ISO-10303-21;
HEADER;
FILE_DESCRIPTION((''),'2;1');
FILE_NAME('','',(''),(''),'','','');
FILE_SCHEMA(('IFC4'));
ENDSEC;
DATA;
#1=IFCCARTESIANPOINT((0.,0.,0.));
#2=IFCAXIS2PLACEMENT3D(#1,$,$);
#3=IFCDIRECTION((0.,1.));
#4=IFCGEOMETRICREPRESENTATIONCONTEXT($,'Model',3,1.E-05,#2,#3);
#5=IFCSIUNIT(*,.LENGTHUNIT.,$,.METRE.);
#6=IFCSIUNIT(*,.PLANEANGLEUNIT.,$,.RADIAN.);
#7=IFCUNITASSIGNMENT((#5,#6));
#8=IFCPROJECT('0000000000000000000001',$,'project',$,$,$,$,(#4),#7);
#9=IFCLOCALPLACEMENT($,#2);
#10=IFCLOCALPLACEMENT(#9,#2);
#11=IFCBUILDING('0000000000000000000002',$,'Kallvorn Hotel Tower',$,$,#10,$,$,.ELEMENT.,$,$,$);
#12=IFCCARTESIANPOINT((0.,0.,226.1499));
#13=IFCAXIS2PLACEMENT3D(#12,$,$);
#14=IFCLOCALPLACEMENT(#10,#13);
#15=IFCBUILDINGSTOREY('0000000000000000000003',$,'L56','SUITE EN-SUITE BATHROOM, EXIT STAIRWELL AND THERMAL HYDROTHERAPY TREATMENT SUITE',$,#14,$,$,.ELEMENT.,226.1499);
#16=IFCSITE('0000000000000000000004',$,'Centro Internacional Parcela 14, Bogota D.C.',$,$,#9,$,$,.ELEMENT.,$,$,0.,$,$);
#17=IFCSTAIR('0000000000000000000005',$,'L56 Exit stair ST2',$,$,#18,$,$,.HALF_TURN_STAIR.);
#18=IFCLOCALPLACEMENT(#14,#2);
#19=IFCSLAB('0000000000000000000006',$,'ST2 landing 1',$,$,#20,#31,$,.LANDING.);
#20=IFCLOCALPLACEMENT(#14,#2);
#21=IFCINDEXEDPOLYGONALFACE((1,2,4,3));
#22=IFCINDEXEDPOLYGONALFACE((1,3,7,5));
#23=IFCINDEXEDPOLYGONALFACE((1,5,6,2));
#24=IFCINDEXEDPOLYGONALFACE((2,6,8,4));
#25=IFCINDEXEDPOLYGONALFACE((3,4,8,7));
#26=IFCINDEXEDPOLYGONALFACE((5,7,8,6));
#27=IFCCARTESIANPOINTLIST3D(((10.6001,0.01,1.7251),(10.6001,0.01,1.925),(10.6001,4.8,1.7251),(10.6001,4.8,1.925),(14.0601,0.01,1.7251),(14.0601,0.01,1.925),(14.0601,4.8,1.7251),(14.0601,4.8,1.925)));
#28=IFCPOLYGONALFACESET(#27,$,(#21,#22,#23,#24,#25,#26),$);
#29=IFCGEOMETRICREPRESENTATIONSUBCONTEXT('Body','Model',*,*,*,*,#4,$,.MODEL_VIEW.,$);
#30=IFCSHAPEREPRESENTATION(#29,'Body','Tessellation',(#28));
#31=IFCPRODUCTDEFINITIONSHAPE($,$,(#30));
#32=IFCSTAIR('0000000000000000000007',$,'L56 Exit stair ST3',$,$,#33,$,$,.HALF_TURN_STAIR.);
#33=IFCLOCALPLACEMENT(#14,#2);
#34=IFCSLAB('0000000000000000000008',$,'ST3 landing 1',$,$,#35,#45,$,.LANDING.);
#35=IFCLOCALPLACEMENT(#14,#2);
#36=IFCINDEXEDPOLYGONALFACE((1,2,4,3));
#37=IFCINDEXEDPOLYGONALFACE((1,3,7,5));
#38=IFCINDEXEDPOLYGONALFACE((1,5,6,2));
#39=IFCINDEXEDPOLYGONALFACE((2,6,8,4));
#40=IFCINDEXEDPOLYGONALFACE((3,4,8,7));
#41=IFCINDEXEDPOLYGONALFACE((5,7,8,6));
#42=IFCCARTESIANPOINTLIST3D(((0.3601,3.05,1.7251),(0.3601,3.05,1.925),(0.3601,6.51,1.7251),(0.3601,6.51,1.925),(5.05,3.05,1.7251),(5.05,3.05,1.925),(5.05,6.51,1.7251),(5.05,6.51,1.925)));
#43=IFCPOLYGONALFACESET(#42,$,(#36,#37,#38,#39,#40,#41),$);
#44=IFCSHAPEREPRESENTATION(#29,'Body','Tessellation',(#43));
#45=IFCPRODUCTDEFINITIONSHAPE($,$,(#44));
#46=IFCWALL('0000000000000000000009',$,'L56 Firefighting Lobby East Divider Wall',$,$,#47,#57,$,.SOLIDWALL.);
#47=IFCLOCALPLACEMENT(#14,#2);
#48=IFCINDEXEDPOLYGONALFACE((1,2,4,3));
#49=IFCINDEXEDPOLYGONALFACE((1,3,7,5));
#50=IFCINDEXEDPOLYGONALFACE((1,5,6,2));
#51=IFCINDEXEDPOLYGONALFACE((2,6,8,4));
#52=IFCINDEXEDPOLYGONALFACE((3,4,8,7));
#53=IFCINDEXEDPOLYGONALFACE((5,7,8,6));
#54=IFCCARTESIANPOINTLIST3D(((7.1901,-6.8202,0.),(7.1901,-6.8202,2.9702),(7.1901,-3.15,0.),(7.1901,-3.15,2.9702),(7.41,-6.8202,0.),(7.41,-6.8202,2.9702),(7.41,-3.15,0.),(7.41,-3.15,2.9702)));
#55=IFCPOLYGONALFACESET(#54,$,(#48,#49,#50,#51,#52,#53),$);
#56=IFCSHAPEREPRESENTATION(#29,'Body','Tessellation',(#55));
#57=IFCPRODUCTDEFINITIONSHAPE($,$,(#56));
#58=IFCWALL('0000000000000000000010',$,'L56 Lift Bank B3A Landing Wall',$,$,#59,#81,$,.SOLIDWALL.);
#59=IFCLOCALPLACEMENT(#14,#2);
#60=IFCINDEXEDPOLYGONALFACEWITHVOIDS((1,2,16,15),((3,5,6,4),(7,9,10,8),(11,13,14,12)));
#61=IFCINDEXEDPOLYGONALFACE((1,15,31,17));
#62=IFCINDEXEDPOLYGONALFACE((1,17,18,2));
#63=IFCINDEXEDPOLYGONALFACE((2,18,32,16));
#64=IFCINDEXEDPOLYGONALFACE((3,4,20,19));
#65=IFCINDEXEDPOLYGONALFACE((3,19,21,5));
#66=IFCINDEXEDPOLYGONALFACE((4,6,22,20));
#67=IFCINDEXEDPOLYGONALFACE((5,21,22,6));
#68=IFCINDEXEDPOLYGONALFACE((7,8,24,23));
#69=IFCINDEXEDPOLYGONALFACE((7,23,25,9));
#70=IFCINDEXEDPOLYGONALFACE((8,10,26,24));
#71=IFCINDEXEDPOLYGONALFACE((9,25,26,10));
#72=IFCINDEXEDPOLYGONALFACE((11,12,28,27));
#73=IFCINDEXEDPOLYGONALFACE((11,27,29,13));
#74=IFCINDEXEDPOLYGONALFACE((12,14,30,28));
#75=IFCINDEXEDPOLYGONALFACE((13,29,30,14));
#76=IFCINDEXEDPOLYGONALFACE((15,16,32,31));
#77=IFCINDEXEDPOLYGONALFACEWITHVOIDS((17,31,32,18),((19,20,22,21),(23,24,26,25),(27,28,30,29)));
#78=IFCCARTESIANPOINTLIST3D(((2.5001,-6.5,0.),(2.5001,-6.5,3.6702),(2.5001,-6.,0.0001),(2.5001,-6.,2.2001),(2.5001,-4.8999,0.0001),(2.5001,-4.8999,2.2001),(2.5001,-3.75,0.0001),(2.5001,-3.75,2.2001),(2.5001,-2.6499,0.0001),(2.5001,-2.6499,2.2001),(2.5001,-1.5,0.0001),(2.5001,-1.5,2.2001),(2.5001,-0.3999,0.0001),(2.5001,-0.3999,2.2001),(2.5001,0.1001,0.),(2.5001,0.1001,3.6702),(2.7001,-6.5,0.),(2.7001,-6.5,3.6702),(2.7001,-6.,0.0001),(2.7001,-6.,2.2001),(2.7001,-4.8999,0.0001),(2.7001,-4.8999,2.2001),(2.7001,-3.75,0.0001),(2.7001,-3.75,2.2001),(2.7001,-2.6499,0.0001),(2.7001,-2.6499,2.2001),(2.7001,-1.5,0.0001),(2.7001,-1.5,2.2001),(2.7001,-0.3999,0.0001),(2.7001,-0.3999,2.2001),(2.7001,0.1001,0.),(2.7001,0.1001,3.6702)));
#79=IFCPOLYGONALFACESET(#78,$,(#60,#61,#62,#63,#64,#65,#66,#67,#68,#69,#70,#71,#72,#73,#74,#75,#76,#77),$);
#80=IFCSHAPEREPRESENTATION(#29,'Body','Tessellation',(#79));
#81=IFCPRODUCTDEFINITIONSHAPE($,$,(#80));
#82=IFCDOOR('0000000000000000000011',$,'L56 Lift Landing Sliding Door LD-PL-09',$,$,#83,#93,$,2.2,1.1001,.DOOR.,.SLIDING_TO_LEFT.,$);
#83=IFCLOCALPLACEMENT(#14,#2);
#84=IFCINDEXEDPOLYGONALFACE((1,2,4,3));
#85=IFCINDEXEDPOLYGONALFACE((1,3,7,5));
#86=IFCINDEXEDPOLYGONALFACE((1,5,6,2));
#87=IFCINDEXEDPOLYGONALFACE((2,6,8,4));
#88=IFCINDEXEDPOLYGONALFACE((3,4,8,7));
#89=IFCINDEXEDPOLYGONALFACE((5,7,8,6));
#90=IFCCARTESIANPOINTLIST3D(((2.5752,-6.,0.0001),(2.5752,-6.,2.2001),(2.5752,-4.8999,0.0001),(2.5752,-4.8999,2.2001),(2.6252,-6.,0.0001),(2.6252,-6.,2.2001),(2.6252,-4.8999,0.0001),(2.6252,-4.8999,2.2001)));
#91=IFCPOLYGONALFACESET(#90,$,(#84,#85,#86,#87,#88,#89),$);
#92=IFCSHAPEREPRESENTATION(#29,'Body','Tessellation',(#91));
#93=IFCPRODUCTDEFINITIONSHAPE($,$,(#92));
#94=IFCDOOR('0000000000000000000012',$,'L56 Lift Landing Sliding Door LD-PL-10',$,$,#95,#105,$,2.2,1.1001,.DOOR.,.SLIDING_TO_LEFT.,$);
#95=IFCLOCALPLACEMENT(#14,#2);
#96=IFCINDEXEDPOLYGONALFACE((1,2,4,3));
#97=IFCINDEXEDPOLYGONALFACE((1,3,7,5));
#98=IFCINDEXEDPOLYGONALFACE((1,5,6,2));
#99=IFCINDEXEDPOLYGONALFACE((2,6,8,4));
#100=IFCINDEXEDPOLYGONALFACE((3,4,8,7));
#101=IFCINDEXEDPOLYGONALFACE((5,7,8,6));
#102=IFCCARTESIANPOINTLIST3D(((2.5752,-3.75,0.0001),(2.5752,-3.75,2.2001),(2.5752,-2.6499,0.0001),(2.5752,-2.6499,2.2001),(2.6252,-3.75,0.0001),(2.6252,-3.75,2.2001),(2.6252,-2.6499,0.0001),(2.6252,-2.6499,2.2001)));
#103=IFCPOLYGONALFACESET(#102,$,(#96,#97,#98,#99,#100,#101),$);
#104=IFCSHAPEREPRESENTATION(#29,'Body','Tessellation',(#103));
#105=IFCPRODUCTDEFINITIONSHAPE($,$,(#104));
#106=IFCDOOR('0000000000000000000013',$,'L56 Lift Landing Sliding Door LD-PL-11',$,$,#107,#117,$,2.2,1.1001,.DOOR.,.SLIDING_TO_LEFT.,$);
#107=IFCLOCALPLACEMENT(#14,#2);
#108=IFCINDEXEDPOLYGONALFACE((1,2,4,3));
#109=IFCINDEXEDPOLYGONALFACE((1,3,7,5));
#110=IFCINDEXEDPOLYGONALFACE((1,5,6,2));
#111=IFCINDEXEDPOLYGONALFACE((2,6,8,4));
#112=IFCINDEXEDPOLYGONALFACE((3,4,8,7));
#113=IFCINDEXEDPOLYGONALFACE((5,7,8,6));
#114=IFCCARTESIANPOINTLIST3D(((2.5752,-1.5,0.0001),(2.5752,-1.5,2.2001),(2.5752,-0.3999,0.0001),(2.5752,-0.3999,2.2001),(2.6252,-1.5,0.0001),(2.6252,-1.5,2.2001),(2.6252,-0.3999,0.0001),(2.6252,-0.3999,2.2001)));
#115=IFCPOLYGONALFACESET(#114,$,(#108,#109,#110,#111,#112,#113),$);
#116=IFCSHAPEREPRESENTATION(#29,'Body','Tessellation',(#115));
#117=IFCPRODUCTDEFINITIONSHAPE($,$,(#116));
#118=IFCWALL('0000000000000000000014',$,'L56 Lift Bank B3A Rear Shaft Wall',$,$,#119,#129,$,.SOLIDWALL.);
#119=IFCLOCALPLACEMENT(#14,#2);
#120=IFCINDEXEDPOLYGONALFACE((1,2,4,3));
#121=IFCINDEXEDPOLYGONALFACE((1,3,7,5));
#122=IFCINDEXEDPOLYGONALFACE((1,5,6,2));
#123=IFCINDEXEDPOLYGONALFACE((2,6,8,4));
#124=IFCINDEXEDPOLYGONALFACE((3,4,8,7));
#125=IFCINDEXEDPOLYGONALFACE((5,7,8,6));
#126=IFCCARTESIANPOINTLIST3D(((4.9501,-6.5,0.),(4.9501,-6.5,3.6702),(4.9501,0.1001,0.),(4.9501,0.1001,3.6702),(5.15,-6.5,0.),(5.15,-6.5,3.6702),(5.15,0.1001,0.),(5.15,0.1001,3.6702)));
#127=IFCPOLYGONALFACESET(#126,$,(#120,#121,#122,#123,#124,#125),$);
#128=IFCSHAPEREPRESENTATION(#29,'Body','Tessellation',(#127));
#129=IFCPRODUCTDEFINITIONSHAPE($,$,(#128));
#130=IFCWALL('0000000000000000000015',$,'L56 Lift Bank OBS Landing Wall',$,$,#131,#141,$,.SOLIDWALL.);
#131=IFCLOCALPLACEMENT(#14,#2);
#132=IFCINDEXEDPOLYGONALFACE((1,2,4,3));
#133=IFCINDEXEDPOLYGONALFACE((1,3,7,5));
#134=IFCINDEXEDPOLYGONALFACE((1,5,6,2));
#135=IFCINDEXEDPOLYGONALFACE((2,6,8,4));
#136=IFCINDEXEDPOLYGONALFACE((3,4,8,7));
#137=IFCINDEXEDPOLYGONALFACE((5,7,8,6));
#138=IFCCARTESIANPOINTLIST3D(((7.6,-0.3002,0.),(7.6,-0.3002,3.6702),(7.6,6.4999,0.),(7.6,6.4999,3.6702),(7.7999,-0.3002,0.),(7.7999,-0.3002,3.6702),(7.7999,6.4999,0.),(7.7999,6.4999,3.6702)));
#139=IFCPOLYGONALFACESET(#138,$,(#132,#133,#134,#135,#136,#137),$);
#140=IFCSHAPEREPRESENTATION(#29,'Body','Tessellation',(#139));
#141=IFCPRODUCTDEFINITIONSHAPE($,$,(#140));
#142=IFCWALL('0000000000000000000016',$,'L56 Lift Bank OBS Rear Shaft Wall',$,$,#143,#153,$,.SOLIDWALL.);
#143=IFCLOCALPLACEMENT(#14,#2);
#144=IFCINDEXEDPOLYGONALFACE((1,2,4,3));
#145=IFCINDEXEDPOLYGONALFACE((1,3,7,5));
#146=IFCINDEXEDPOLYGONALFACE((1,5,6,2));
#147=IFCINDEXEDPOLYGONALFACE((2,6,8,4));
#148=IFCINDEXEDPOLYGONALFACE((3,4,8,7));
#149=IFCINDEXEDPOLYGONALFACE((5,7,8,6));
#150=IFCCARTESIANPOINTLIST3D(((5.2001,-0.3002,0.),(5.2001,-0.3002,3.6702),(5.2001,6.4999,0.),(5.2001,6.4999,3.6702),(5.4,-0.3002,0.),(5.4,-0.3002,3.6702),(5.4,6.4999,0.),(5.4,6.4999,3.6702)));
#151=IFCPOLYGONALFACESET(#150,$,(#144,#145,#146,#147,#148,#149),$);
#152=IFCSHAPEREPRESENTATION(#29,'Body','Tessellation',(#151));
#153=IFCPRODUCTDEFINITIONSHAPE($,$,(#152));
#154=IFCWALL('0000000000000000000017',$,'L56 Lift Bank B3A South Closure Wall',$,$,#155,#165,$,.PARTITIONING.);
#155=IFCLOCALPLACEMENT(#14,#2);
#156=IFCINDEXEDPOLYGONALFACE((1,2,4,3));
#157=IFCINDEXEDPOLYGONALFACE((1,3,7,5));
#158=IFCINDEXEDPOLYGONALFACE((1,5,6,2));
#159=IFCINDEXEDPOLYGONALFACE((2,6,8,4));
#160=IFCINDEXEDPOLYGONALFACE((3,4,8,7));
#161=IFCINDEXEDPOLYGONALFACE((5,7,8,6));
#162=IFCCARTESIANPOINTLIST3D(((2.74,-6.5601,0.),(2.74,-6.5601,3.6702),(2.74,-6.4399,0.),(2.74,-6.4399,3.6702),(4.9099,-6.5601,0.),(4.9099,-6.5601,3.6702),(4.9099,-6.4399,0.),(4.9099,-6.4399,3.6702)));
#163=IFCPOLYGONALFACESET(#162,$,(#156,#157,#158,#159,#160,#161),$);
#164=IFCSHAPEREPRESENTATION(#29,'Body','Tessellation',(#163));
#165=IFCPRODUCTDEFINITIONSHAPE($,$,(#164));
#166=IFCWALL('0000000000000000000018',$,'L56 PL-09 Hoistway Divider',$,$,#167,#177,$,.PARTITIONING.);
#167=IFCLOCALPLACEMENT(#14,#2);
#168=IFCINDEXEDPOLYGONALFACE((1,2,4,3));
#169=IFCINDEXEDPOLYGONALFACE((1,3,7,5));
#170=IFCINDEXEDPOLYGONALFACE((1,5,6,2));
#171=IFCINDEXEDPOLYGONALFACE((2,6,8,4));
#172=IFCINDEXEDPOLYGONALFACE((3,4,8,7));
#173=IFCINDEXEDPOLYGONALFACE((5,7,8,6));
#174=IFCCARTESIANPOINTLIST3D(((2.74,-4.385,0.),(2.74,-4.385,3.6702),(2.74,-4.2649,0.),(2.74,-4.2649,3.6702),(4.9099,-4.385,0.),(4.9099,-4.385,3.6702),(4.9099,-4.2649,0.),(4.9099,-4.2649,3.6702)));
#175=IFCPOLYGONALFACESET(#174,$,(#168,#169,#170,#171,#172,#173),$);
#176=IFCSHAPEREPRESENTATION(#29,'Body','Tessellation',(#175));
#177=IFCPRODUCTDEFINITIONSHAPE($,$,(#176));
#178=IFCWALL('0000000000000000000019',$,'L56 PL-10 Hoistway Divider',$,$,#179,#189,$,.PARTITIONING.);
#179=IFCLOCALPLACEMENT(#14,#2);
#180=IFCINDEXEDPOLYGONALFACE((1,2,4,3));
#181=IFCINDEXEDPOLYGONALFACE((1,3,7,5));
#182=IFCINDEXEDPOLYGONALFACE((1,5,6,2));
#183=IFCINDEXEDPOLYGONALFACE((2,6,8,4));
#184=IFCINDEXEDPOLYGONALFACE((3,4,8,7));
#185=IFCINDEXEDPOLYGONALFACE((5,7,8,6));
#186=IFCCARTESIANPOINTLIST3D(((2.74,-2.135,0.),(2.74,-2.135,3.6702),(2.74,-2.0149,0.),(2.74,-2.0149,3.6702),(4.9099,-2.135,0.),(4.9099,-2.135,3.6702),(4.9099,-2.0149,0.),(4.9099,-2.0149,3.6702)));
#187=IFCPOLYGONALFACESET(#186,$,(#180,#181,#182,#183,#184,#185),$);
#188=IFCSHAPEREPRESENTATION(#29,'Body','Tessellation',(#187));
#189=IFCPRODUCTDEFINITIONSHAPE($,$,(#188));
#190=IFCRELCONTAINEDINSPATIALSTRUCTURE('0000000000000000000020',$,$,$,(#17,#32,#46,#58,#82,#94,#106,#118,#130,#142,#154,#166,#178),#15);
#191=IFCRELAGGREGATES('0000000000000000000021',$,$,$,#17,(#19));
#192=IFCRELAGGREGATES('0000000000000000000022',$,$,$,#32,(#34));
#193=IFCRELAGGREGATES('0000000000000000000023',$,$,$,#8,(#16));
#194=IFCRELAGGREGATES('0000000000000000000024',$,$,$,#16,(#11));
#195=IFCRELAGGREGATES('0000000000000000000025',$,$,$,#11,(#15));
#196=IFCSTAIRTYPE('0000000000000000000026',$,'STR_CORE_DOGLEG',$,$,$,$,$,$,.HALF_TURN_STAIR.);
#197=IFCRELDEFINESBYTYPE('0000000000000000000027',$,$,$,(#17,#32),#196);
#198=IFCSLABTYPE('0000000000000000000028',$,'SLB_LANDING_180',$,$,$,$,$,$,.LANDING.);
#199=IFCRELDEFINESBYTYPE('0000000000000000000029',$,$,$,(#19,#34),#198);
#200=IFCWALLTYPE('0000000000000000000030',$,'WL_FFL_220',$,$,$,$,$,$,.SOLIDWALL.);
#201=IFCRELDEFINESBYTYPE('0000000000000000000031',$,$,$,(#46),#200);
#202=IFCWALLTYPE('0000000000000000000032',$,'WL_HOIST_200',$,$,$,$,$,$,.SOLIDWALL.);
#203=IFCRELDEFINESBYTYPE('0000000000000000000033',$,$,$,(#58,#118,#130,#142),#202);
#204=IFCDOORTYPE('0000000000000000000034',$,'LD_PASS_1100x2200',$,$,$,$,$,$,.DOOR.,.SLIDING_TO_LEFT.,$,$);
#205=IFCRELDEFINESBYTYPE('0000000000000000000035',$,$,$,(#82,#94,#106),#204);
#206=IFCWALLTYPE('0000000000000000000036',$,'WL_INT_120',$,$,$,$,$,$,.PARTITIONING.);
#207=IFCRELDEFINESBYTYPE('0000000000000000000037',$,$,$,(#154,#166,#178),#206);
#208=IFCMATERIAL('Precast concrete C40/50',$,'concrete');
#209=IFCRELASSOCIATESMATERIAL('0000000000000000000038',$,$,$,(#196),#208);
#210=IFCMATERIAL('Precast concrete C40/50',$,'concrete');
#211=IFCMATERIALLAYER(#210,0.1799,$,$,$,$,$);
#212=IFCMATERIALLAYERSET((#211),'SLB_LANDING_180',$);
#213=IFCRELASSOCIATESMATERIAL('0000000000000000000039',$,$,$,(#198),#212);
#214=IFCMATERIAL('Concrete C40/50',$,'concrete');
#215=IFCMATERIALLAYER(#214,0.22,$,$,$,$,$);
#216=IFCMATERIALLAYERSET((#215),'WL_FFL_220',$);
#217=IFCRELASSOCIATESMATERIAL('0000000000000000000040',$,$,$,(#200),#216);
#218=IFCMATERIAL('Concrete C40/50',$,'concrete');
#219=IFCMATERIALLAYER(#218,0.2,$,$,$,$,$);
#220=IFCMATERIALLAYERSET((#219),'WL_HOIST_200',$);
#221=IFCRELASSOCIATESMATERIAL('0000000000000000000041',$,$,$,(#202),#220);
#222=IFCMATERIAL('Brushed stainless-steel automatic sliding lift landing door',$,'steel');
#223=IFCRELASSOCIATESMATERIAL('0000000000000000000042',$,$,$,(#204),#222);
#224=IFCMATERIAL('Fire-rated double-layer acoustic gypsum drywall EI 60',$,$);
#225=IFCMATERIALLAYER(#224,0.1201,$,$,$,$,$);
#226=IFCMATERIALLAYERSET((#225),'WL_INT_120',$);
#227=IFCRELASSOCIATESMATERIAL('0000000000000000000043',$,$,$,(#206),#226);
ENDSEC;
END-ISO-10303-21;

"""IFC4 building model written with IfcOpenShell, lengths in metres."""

from ifc_helpers import new_model, si_unit, direction, frame, frame_2d, origin, place, context, subcontext, project, spatial, polyline, rectangle, outline, extrude, material, layer, layer_set, type_object, element, fill, aggregate, save


model = new_model("IFC4")

# Units and contexts
model_context = context("Model", 3, precision=1e-05, world=origin(), true_north=direction((0.0, 1.0)))
body_context = subcontext(model_context, "Body", "Model", "MODEL_VIEW")
ifc_project = project(units=[si_unit("LENGTHUNIT", "METRE"), si_unit("PLANEANGLEUNIT", "RADIAN")], contexts=[model_context])

# Site, building, storey
site_placement = place(None, origin())
site = spatial("IfcSite", under=ifc_project, at=site_placement, Name="Centro Internacional Parcela 14, Bogota D.C.", CompositionType="ELEMENT", RefElevation=0.0)
building_placement = place(site_placement, origin())
building = spatial("IfcBuilding", under=site, at=building_placement, Name="Kallvorn Hotel Tower", CompositionType="ELEMENT")
storey_placement = place(building_placement, frame((0.0, 0.0, 226.1499)))
storey = spatial("IfcBuildingStorey", under=building, at=storey_placement, Name="L56", Description="SUITE EN-SUITE BATHROOM, EXIT STAIRWELL AND THERMAL HYDROTHERAPY TREATMENT SUITE", CompositionType="ELEMENT", Elevation=226.1499)

# Stairs, slabs
ifc_material_1 = material(Name="Precast concrete C40/50", Category="concrete")
stair_type = type_object("IfcStairType", Name="STR_CORE_DOGLEG", PredefinedType="HALF_TURN_STAIR", material=ifc_material_1)
stair_1_placement = place(storey_placement, origin())
stair_1 = element("IfcStair", 1, at=stair_1_placement, inside=storey, type_object=stair_type, Name="L56 Exit stair ST2", PredefinedType="HALF_TURN_STAIR")
ifc_material_2 = material(Name="Precast concrete C40/50", Category="concrete")
ifc_layer_1 = layer(ifc_material_2, 0.1799)
ifc_layer_set_1 = layer_set([ifc_layer_1], Name="SLB_LANDING_180")
slab_type = type_object("IfcSlabType", Name="SLB_LANDING_180", PredefinedType="LANDING", material=ifc_layer_set_1)
slab_1_placement = place(storey_placement, frame((0.0, 0.0, 1.7251)))
slab_1 = element("IfcSlab", 2, at=slab_1_placement, type_object=slab_type, Name="ST2 landing 1", PredefinedType="LANDING", context=body_context, shape_type="SweptSolid", body=[
    extrude(outline(polyline([(14.0601, 0.01), (14.0601, 4.8), (10.6001, 4.8), (10.6001, 0.01), (14.0601, 0.01)])), origin(), (0.0, 0.0, 1.0), 0.2),
])
aggregate(stair_1, [slab_1])
stair_2_placement = place(storey_placement, origin())
stair_2 = element("IfcStair", 3, at=stair_2_placement, inside=storey, type_object=stair_type, Name="L56 Exit stair ST3", PredefinedType="HALF_TURN_STAIR")
slab_2_placement = place(storey_placement, frame((0.0, 0.0, 1.7251)))
slab_2 = element("IfcSlab", 4, at=slab_2_placement, type_object=slab_type, Name="ST3 landing 1", PredefinedType="LANDING", context=body_context, shape_type="SweptSolid", body=[
    extrude(outline(polyline([(0.3601, 3.05), (5.05, 3.05), (5.05, 6.51), (0.3601, 6.51), (0.3601, 3.05)])), origin(), (0.0, 0.0, 1.0), 0.2),
])
aggregate(stair_2, [slab_2])

# Wall
ifc_material_3 = material(Name="Concrete C40/50", Category="concrete")
ifc_layer_2 = layer(ifc_material_3, 0.22)
ifc_layer_set_2 = layer_set([ifc_layer_2], Name="WL_FFL_220")
wall_type_1 = type_object("IfcWallType", Name="WL_FFL_220", PredefinedType="SOLIDWALL", material=ifc_layer_set_2)
wall_1_placement = place(storey_placement, frame((7.3, -6.8201, 0.0), z_axis=(0.0, 0.0, 1.0), x_axis=(0.0, 1.0, 0.0)))
element("IfcWall", 5, at=wall_1_placement, inside=storey, type_object=wall_type_1, Name="L56 Firefighting Lobby East Divider Wall", PredefinedType="SOLIDWALL", context=body_context, shape_type="SweptSolid", body=[
    extrude(rectangle(XDim=3.6702, YDim=0.22, at=frame_2d((1.835, 0.0))), origin(), (0.0, 0.0, 1.0), 2.9702),
])

# Wall, openings, doors
ifc_material_4 = material(Name="Concrete C40/50", Category="concrete")
ifc_layer_3 = layer(ifc_material_4, 0.2)
ifc_layer_set_3 = layer_set([ifc_layer_3], Name="WL_HOIST_200")
wall_type_2 = type_object("IfcWallType", Name="WL_HOIST_200", PredefinedType="SOLIDWALL", material=ifc_layer_set_3)
wall_2_placement = place(storey_placement, frame((2.6001, -6.5, 0.0), z_axis=(0.0, 0.0, 1.0), x_axis=(0.0, 1.0, 0.0)))
wall_2 = element("IfcWall", 6, at=wall_2_placement, inside=storey, type_object=wall_type_2, Name="L56 Lift Bank B3A Landing Wall", PredefinedType="SOLIDWALL", context=body_context, shape_type="SweptSolid", body=[
    extrude(rectangle(XDim=6.6001, YDim=0.2, at=frame_2d((3.3, 0.0))), origin(), (0.0, 0.0, 1.0), 3.6702),
])
opening_1_placement = place(wall_2_placement, frame((0.5, 0.0, 0.0)))
opening_1 = element("IfcOpeningElement", 7, at=opening_1_placement, cuts=wall_2, PredefinedType="OPENING", context=body_context, shape_type="SweptSolid", body=[
    extrude(rectangle(XDim=1.1001, YDim=2.2, at=frame_2d((0.55, 1.1001))), frame((0.0, 0.115, 0.0), z_axis=(0.0, -1.0, 0.0), x_axis=(1.0, 0.0, 0.0)), (0.0, 0.0, 1.0), 0.23),
])
opening_2_placement = place(wall_2_placement, frame((2.75, 0.0, 0.0)))
opening_2 = element("IfcOpeningElement", 8, at=opening_2_placement, cuts=wall_2, PredefinedType="OPENING", context=body_context, shape_type="SweptSolid", body=[
    extrude(rectangle(XDim=1.1001, YDim=2.2, at=frame_2d((0.55, 1.1001))), frame((0.0, 0.115, 0.0), z_axis=(0.0, -1.0, 0.0), x_axis=(1.0, 0.0, 0.0)), (0.0, 0.0, 1.0), 0.23),
])
opening_3_placement = place(wall_2_placement, frame((5.0, 0.0, 0.0)))
opening_3 = element("IfcOpeningElement", 9, at=opening_3_placement, cuts=wall_2, PredefinedType="OPENING", context=body_context, shape_type="SweptSolid", body=[
    extrude(rectangle(XDim=1.1001, YDim=2.2, at=frame_2d((0.55, 1.1001))), frame((0.0, 0.115, 0.0), z_axis=(0.0, -1.0, 0.0), x_axis=(1.0, 0.0, 0.0)), (0.0, 0.0, 1.0), 0.23),
])
ifc_material_5 = material(Name="Brushed stainless-steel automatic sliding lift landing door", Category="steel")
door_type_1 = type_object("IfcDoorType", Name="LD_PASS_1100x2200", OperationType="SLIDING_TO_LEFT", PredefinedType="DOOR", material=ifc_material_5)
door_1_placement = place(opening_1_placement, origin())
door_1 = element("IfcDoor", 10, at=door_1_placement, inside=storey, type_object=door_type_1, Name="L56 Lift Landing Sliding Door LD-PL-09", OperationType="SLIDING_TO_LEFT", OverallHeight=2.2, OverallWidth=1.1001, PredefinedType="DOOR", context=body_context, shape_type="SweptSolid", body=[
    extrude(rectangle(XDim=1.1001, YDim=2.2, at=frame_2d((0.55, 1.1001))), frame((0.0, 0.0249, 0.0), z_axis=(0.0, -1.0, 0.0), x_axis=(1.0, 0.0, 0.0)), (0.0, 0.0, 1.0), 0.05),
])
fill(opening_1, door_1)
door_2_placement = place(opening_2_placement, origin())
door_2 = element("IfcDoor", 11, at=door_2_placement, inside=storey, type_object=door_type_1, Name="L56 Lift Landing Sliding Door LD-PL-10", OperationType="SLIDING_TO_LEFT", OverallHeight=2.2, OverallWidth=1.1001, PredefinedType="DOOR", context=body_context, shape_type="SweptSolid", body=[
    extrude(rectangle(XDim=1.1001, YDim=2.2, at=frame_2d((0.55, 1.1001))), frame((0.0, 0.0249, 0.0), z_axis=(0.0, -1.0, 0.0), x_axis=(1.0, 0.0, 0.0)), (0.0, 0.0, 1.0), 0.05),
])
fill(opening_2, door_2)
door_3_placement = place(opening_3_placement, origin())
door_3 = element("IfcDoor", 12, at=door_3_placement, inside=storey, type_object=door_type_1, Name="L56 Lift Landing Sliding Door LD-PL-11", OperationType="SLIDING_TO_LEFT", OverallHeight=2.2, OverallWidth=1.1001, PredefinedType="DOOR", context=body_context, shape_type="SweptSolid", body=[
    extrude(rectangle(XDim=1.1001, YDim=2.2, at=frame_2d((0.55, 1.1001))), frame((0.0, 0.0249, 0.0), z_axis=(0.0, -1.0, 0.0), x_axis=(1.0, 0.0, 0.0)), (0.0, 0.0, 1.0), 0.05),
])
fill(opening_3, door_3)

# Walls
wall_3_placement = place(storey_placement, frame((5.05, -6.5, 0.0), z_axis=(0.0, 0.0, 1.0), x_axis=(0.0, 1.0, 0.0)))
element("IfcWall", 13, at=wall_3_placement, inside=storey, type_object=wall_type_2, Name="L56 Lift Bank B3A Rear Shaft Wall", PredefinedType="SOLIDWALL", context=body_context, shape_type="SweptSolid", body=[
    extrude(rectangle(XDim=6.6001, YDim=0.2, at=frame_2d((3.3, 0.0))), origin(), (0.0, 0.0, 1.0), 3.6702),
])
for number, where, z_axis, x_axis, name in (
    (14, (7.7, -0.3, 0.0), (0.0, 0.0, 1.0), (0.0, 1.0, 0.0), "L56 Lift Bank OBS Landing Wall"),
    (15, (5.3, -0.3, 0.0), (0.0, 0.0, 1.0), (0.0, 1.0, 0.0), "L56 Lift Bank OBS Rear Shaft Wall"),
):
    element("IfcWall", number, at=place(storey_placement, frame(where, z_axis=z_axis, x_axis=x_axis)), inside=storey, type_object=wall_type_2, Name=name, PredefinedType="SOLIDWALL", context=body_context, shape_type="SweptSolid", body=[
        extrude(rectangle(XDim=6.8, YDim=0.2, at=frame_2d((3.3999, 0.0))), origin(), (0.0, 0.0, 1.0), 3.6702),
    ])
ifc_material_6 = material(Name="Fire-rated double-layer acoustic gypsum drywall EI 60")
ifc_layer_4 = layer(ifc_material_6, 0.1201)
ifc_layer_set_4 = layer_set([ifc_layer_4], Name="WL_INT_120")
wall_type_3 = type_object("IfcWallType", Name="WL_INT_120", PredefinedType="PARTITIONING", material=ifc_layer_set_4)
for number, where, z_axis, x_axis, name in (
    (16, (2.74, -6.5, 0.0), (0.0, 0.0, 1.0), (1.0, 0.0, 0.0), "L56 Lift Bank B3A South Closure Wall"),
    (17, (2.74, -4.325, 0.0), (0.0, 0.0, 1.0), (1.0, 0.0, 0.0), "L56 PL-09 Hoistway Divider"),
    (18, (2.74, -2.075, 0.0), (0.0, 0.0, 1.0), (1.0, 0.0, 0.0), "L56 PL-10 Hoistway Divider"),
):
    element("IfcWall", number, at=place(storey_placement, frame(where, z_axis=z_axis, x_axis=x_axis)), inside=storey, type_object=wall_type_3, Name=name, PredefinedType="PARTITIONING", context=body_context, shape_type="SweptSolid", body=[
        extrude(rectangle(XDim=2.1699, YDim=0.1201, at=frame_2d((1.085, 0.0))), origin(), (0.0, 0.0, 1.0), 3.6702),
    ])

save(model, "model.ifc")
